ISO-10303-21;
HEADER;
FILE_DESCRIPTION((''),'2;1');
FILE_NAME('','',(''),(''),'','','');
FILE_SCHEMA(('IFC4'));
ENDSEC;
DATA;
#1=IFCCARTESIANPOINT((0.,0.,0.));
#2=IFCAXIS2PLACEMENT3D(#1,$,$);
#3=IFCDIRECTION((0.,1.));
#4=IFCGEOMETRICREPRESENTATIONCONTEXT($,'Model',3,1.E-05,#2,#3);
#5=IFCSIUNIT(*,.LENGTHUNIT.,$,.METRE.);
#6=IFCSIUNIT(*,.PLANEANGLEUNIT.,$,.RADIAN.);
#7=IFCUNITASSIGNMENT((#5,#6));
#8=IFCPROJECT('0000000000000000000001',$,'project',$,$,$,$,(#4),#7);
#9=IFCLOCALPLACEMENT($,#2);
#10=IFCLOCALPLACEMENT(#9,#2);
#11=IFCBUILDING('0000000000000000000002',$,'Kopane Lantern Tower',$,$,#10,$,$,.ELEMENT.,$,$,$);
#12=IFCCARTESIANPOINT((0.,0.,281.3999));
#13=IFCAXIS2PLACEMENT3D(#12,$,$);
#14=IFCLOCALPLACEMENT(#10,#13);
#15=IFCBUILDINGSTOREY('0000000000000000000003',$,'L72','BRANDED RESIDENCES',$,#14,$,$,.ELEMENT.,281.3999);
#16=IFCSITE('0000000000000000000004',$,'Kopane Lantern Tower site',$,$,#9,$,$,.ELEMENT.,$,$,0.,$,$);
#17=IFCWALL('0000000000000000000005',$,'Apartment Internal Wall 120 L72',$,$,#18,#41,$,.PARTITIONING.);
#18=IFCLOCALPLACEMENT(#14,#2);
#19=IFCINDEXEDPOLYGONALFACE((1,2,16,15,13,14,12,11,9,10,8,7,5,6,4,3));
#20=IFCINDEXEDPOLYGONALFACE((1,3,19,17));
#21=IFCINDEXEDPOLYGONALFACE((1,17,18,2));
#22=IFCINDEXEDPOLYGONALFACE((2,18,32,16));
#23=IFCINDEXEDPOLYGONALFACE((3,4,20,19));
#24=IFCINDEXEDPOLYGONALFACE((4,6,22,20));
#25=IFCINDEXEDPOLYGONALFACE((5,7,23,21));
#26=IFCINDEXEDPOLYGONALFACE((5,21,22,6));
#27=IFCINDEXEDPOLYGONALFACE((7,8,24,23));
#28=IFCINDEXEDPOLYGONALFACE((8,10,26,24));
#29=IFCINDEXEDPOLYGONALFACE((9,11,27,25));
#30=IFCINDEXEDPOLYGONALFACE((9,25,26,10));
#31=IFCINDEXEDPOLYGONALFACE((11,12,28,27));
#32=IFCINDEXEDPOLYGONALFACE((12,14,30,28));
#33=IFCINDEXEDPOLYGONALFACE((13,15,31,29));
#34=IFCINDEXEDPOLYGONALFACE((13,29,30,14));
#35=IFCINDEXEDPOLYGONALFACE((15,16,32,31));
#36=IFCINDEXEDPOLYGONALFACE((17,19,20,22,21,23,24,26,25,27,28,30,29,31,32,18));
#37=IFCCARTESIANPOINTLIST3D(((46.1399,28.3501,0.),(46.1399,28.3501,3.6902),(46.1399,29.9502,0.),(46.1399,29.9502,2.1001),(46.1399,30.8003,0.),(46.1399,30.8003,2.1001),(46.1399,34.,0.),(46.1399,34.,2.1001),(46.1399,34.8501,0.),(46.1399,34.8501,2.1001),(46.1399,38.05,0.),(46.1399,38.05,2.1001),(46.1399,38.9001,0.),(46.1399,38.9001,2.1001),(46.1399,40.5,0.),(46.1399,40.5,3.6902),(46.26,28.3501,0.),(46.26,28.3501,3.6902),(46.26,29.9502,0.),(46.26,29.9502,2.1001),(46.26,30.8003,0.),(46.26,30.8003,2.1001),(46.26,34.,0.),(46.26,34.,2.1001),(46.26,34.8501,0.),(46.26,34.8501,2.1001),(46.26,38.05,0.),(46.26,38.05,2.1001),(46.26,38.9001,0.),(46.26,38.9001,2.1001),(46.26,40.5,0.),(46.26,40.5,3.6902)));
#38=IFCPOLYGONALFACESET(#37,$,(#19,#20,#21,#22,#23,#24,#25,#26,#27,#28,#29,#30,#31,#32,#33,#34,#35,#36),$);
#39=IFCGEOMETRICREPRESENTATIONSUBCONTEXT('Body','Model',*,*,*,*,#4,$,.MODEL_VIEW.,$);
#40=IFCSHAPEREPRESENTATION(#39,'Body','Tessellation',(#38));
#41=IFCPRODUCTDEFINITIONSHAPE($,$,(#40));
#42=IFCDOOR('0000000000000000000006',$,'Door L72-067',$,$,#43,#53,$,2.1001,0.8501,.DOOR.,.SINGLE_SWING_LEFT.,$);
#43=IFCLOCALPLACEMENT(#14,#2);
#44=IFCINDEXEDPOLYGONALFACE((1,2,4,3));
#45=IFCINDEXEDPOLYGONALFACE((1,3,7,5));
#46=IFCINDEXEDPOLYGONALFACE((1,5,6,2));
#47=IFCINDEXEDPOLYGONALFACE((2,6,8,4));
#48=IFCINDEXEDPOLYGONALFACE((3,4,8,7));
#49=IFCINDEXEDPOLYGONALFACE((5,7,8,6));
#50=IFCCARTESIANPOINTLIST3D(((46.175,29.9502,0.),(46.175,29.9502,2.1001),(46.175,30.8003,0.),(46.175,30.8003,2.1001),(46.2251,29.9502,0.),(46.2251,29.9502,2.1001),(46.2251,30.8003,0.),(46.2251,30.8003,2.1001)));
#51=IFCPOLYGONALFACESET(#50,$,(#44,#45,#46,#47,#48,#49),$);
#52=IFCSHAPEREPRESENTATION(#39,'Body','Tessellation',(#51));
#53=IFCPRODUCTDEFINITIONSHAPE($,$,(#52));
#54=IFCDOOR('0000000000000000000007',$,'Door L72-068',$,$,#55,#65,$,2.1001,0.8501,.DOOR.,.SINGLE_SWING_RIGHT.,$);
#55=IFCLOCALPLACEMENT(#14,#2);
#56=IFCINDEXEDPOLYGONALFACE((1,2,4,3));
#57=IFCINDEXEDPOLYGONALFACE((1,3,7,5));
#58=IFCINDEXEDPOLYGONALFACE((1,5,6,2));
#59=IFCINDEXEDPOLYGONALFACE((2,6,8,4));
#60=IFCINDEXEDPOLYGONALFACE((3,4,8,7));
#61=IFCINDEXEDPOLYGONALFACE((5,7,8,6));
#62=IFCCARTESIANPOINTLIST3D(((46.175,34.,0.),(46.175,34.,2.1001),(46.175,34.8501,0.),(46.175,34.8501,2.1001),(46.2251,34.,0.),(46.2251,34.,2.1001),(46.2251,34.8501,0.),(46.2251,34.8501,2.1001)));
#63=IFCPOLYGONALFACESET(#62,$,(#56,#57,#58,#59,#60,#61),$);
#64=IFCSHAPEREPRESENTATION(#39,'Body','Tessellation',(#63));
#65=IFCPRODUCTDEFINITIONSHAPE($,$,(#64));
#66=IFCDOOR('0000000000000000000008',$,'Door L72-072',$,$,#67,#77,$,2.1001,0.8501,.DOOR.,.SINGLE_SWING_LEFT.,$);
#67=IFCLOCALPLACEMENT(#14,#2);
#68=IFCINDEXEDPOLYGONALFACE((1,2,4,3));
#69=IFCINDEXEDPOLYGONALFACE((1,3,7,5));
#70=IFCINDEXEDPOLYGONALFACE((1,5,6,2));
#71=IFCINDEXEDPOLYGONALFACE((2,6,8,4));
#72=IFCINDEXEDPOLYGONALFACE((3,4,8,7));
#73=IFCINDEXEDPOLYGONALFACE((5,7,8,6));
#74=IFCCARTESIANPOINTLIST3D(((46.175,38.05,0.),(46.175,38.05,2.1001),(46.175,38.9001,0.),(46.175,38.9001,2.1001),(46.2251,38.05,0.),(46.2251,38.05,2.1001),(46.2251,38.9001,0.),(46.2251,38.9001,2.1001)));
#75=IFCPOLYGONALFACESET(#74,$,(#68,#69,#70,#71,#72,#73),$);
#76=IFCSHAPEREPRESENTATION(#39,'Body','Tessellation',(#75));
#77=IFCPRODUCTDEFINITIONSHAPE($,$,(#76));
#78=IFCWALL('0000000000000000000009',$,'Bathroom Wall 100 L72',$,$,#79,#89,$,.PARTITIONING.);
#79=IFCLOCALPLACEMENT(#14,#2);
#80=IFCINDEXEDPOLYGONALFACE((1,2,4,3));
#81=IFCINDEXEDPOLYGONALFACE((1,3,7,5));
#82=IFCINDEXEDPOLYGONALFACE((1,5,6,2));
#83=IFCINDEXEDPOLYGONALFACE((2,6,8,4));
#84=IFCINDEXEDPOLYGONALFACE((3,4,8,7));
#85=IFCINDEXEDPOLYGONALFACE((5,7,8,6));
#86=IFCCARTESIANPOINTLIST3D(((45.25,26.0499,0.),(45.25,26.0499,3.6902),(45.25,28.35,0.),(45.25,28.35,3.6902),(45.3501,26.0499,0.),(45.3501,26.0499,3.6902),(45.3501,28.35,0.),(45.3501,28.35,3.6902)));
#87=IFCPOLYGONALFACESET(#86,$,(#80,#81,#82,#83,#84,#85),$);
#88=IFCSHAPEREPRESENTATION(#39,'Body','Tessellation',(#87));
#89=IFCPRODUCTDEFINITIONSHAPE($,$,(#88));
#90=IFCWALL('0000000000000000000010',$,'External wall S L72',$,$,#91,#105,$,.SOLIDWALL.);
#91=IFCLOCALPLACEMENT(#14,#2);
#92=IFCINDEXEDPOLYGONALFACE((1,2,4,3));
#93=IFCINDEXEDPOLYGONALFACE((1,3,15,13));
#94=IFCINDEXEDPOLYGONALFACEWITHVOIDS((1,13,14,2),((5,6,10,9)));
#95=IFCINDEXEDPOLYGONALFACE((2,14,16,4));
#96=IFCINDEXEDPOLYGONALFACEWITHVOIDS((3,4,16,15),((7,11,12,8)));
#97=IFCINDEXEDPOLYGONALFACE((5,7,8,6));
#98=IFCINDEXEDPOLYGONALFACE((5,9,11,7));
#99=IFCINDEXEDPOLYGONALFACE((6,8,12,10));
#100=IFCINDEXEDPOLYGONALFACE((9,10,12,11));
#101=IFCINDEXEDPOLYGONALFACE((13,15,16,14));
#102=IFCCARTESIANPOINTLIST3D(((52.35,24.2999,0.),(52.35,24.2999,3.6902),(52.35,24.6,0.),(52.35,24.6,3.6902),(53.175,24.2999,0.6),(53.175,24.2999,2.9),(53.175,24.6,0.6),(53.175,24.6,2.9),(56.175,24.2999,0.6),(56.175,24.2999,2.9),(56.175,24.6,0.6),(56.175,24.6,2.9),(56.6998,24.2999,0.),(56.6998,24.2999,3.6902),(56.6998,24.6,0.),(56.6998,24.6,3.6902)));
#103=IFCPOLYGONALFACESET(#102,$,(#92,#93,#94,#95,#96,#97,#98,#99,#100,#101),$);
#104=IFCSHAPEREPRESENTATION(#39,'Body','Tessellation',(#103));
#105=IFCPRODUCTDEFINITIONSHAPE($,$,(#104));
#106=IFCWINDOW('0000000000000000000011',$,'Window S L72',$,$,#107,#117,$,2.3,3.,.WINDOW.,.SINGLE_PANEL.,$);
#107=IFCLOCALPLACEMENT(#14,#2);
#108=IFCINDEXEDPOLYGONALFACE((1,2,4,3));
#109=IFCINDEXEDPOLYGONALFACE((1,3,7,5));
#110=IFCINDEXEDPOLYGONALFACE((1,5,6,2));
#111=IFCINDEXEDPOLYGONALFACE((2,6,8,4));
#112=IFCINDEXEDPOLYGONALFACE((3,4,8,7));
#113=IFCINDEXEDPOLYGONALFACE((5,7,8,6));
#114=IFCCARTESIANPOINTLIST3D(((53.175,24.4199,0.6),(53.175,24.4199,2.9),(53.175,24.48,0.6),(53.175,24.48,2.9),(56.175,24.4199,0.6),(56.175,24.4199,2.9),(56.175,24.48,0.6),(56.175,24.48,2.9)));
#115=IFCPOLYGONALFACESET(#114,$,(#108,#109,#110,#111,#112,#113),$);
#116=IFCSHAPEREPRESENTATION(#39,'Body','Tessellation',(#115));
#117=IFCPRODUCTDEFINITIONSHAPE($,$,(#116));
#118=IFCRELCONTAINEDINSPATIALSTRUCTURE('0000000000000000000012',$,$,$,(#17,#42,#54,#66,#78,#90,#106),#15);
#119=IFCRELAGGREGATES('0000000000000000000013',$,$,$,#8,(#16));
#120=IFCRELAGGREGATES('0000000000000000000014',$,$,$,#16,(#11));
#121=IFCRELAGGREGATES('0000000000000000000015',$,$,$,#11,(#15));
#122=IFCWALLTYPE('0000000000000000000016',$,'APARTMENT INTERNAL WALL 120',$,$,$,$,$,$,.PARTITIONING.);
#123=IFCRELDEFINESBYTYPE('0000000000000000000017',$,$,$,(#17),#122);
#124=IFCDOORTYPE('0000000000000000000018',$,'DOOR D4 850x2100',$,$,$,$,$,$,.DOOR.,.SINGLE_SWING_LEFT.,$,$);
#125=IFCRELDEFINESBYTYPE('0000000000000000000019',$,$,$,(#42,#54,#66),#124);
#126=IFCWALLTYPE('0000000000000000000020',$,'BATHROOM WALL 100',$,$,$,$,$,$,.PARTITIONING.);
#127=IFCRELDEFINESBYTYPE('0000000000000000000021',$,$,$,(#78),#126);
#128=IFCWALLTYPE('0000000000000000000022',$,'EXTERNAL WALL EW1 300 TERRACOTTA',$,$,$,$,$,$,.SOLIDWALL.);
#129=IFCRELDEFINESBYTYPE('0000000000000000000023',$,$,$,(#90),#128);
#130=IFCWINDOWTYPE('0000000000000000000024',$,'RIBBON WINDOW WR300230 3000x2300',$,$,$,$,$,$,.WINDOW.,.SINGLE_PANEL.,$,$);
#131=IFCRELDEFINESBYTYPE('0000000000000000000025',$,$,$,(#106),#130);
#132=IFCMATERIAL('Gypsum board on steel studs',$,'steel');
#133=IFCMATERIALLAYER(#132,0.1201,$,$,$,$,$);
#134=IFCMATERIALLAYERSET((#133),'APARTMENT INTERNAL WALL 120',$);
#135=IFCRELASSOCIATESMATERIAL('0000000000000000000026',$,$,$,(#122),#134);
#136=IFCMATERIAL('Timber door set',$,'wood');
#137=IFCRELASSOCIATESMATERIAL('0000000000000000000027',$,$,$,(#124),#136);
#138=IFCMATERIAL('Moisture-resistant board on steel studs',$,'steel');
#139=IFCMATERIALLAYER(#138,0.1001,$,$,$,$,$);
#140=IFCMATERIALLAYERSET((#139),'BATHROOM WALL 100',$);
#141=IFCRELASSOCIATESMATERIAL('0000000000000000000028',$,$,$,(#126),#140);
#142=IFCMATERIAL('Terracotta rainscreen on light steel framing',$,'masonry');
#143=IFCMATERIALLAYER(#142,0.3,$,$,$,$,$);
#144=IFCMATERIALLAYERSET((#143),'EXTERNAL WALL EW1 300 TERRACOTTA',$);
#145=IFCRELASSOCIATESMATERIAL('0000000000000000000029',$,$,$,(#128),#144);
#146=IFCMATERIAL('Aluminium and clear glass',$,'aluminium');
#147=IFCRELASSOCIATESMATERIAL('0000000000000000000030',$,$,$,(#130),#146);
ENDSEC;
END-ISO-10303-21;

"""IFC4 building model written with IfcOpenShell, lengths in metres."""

from ifc_helpers import new_model, si_unit, direction, frame, frame_2d, origin, place, context, subcontext, project, spatial, rectangle, extrude, material, layer, layer_set, type_object, element, fill, save


model = new_model("IFC4")

# Units and contexts
model_context = context("Model", 3, precision=1e-05, world=origin(), true_north=direction((0.0, 1.0)))
body_context = subcontext(model_context, "Body", "Model", "MODEL_VIEW")
ifc_project = project(units=[si_unit("LENGTHUNIT", "METRE"), si_unit("PLANEANGLEUNIT", "RADIAN")], contexts=[model_context])

# Site, building, storey
site_placement = place(None, origin())
site = spatial("IfcSite", under=ifc_project, at=site_placement, Name="Kopane Lantern Tower site", CompositionType="ELEMENT", RefElevation=0.0)
building_placement = place(site_placement, origin())
building = spatial("IfcBuilding", under=site, at=building_placement, Name="Kopane Lantern Tower", CompositionType="ELEMENT")
storey_placement = place(building_placement, frame((0.0, 0.0, 281.3999)))
storey = spatial("IfcBuildingStorey", under=building, at=storey_placement, Name="L72", Description="BRANDED RESIDENCES", CompositionType="ELEMENT", Elevation=281.3999)

# Wall, openings, doors
ifc_material_1 = material(Name="Gypsum board on steel studs", Category="steel")
ifc_layer_1 = layer(ifc_material_1, 0.1201)
ifc_layer_set_1 = layer_set([ifc_layer_1], Name="APARTMENT INTERNAL WALL 120")
wall_type_1 = type_object("IfcWallType", Name="APARTMENT INTERNAL WALL 120", PredefinedType="PARTITIONING", material=ifc_layer_set_1)
wall_1_placement = place(storey_placement, frame((46.2, 28.3501, 0.0), z_axis=(0.0, 0.0, 1.0), x_axis=(0.0, 1.0, 0.0)))
wall_1 = element("IfcWall", 1, at=wall_1_placement, inside=storey, type_object=wall_type_1, Name="Apartment Internal Wall 120 L72", PredefinedType="PARTITIONING", context=body_context, shape_type="SweptSolid", body=[
    extrude(rectangle(XDim=12.1499, YDim=0.1201, at=frame_2d((6.075, 0.0))), origin(), (0.0, 0.0, 1.0), 3.6902),
])
opening_1_placement = place(wall_1_placement, frame((1.6001, 0.0, 0.0)))
opening_1 = element("IfcOpeningElement", 2, at=opening_1_placement, cuts=wall_1, PredefinedType="OPENING", context=body_context, shape_type="SweptSolid", body=[
    extrude(rectangle(XDim=0.8501, YDim=2.1001, at=frame_2d((0.425, 1.05))), frame((0.0, 0.0701, 0.0), z_axis=(0.0, -1.0, 0.0), x_axis=(1.0, 0.0, 0.0)), (0.0, 0.0, 1.0), 0.1401),
])
opening_2_placement = place(wall_1_placement, frame((5.6499, 0.0, 0.0)))
opening_2 = element("IfcOpeningElement", 3, at=opening_2_placement, cuts=wall_1, PredefinedType="OPENING", context=body_context, shape_type="SweptSolid", body=[
    extrude(rectangle(XDim=0.8501, YDim=2.1001, at=frame_2d((0.425, 1.05))), frame((0.0, 0.0701, 0.0), z_axis=(0.0, -1.0, 0.0), x_axis=(1.0, 0.0, 0.0)), (0.0, 0.0, 1.0), 0.1401),
])
opening_3_placement = place(wall_1_placement, frame((9.7, 0.0, 0.0)))
opening_3 = element("IfcOpeningElement", 4, at=opening_3_placement, cuts=wall_1, PredefinedType="OPENING", context=body_context, shape_type="SweptSolid", body=[
    extrude(rectangle(XDim=0.8501, YDim=2.1001, at=frame_2d((0.425, 1.05))), frame((0.0, 0.0701, 0.0), z_axis=(0.0, -1.0, 0.0), x_axis=(1.0, 0.0, 0.0)), (0.0, 0.0, 1.0), 0.1401),
])
ifc_material_2 = material(Name="Timber door set", Category="wood")
door_type = type_object("IfcDoorType", Name="DOOR D4 850x2100", OperationType="SINGLE_SWING_LEFT", PredefinedType="DOOR", material=ifc_material_2)
door_1_placement = place(opening_1_placement, origin())
door_1 = element("IfcDoor", 5, at=door_1_placement, inside=storey, type_object=door_type, Name="Door L72-067", OperationType="SINGLE_SWING_LEFT", OverallHeight=2.1001, OverallWidth=0.8501, PredefinedType="DOOR", context=body_context, shape_type="SweptSolid", body=[
    extrude(rectangle(XDim=0.8501, YDim=2.1001, at=frame_2d((0.425, 1.05))), frame((0.0, 0.0249, 0.0), z_axis=(0.0, -1.0, 0.0), x_axis=(1.0, 0.0, 0.0)), (0.0, 0.0, 1.0), 0.05),
])
fill(opening_1, door_1)
door_2_placement = place(opening_2_placement, origin())
door_2 = element("IfcDoor", 6, at=door_2_placement, inside=storey, type_object=door_type, Name="Door L72-068", OperationType="SINGLE_SWING_RIGHT", OverallHeight=2.1001, OverallWidth=0.8501, PredefinedType="DOOR", context=body_context, shape_type="SweptSolid", body=[
    extrude(rectangle(XDim=0.8501, YDim=2.1001, at=frame_2d((0.425, 1.05))), frame((0.0, 0.0249, 0.0), z_axis=(0.0, -1.0, 0.0), x_axis=(1.0, 0.0, 0.0)), (0.0, 0.0, 1.0), 0.05),
])
fill(opening_2, door_2)
door_3_placement = place(opening_3_placement, origin())
door_3 = element("IfcDoor", 7, at=door_3_placement, inside=storey, type_object=door_type, Name="Door L72-072", OperationType="SINGLE_SWING_LEFT", OverallHeight=2.1001, OverallWidth=0.8501, PredefinedType="DOOR", context=body_context, shape_type="SweptSolid", body=[
    extrude(rectangle(XDim=0.8501, YDim=2.1001, at=frame_2d((0.425, 1.05))), frame((0.0, 0.0249, 0.0), z_axis=(0.0, -1.0, 0.0), x_axis=(1.0, 0.0, 0.0)), (0.0, 0.0, 1.0), 0.05),
])
fill(opening_3, door_3)

# Wall
ifc_material_3 = material(Name="Moisture-resistant board on steel studs", Category="steel")
ifc_layer_2 = layer(ifc_material_3, 0.1001)
ifc_layer_set_2 = layer_set([ifc_layer_2], Name="BATHROOM WALL 100")
wall_type_2 = type_object("IfcWallType", Name="BATHROOM WALL 100", PredefinedType="PARTITIONING", material=ifc_layer_set_2)
wall_2_placement = place(storey_placement, frame((45.3, 26.05, 0.0), z_axis=(0.0, 0.0, 1.0), x_axis=(0.0, 1.0, 0.0)))
element("IfcWall", 8, at=wall_2_placement, inside=storey, type_object=wall_type_2, Name="Bathroom Wall 100 L72", PredefinedType="PARTITIONING", context=body_context, shape_type="SweptSolid", body=[
    extrude(rectangle(XDim=2.3, YDim=0.1001, at=frame_2d((1.1499, 0.0))), origin(), (0.0, 0.0, 1.0), 3.6902),
])

# Wall, opening, window
ifc_material_4 = material(Name="Terracotta rainscreen on light steel framing", Category="masonry")
ifc_layer_3 = layer(ifc_material_4, 0.3)
ifc_layer_set_3 = layer_set([ifc_layer_3], Name="EXTERNAL WALL EW1 300 TERRACOTTA")
wall_type_3 = type_object("IfcWallType", Name="EXTERNAL WALL EW1 300 TERRACOTTA", PredefinedType="SOLIDWALL", material=ifc_layer_set_3)
wall_3_placement = place(storey_placement, frame((52.3501, 24.45, 0.0), z_axis=(0.0, 0.0, 1.0), x_axis=(1.0, 0.0, 0.0)))
wall_3 = element("IfcWall", 9, at=wall_3_placement, inside=storey, type_object=wall_type_3, Name="External wall S L72", PredefinedType="SOLIDWALL", context=body_context, shape_type="SweptSolid", body=[
    extrude(rectangle(XDim=4.3499, YDim=0.3, at=frame_2d((2.1748, 0.0))), origin(), (0.0, 0.0, 1.0), 3.6902),
])
opening_4_placement = place(wall_3_placement, frame((0.825, 0.0, 0.6001)))
opening_4 = element("IfcOpeningElement", 10, at=opening_4_placement, cuts=wall_3, PredefinedType="OPENING", context=body_context, shape_type="SweptSolid", body=[
    extrude(rectangle(XDim=3.0, YDim=2.3, at=frame_2d((1.5, 1.1499))), frame((0.0, 0.1599, 0.0), z_axis=(0.0, -1.0, 0.0), x_axis=(1.0, 0.0, 0.0)), (0.0, 0.0, 1.0), 0.3201),
])
ifc_material_5 = material(Name="Aluminium and clear glass", Category="aluminium")
window_type_1 = type_object("IfcWindowType", Name="RIBBON WINDOW WR300230 3000x2300", PartitioningType="SINGLE_PANEL", PredefinedType="WINDOW", material=ifc_material_5)
window_1_placement = place(opening_4_placement, origin())
window_1 = element("IfcWindow", 11, at=window_1_placement, inside=storey, type_object=window_type_1, Name="Window S L72", OverallHeight=2.3, OverallWidth=3.0, PartitioningType="SINGLE_PANEL", PredefinedType="WINDOW", context=body_context, shape_type="SweptSolid", body=[
    extrude(rectangle(XDim=3.0, YDim=2.3, at=frame_2d((1.5, 1.1499))), frame((0.0, 0.03, 0.0), z_axis=(0.0, -1.0, 0.0), x_axis=(1.0, 0.0, 0.0)), (0.0, 0.0, 1.0), 0.0601),
])
fill(opening_4, window_1)

save(model, "model.ifc")
